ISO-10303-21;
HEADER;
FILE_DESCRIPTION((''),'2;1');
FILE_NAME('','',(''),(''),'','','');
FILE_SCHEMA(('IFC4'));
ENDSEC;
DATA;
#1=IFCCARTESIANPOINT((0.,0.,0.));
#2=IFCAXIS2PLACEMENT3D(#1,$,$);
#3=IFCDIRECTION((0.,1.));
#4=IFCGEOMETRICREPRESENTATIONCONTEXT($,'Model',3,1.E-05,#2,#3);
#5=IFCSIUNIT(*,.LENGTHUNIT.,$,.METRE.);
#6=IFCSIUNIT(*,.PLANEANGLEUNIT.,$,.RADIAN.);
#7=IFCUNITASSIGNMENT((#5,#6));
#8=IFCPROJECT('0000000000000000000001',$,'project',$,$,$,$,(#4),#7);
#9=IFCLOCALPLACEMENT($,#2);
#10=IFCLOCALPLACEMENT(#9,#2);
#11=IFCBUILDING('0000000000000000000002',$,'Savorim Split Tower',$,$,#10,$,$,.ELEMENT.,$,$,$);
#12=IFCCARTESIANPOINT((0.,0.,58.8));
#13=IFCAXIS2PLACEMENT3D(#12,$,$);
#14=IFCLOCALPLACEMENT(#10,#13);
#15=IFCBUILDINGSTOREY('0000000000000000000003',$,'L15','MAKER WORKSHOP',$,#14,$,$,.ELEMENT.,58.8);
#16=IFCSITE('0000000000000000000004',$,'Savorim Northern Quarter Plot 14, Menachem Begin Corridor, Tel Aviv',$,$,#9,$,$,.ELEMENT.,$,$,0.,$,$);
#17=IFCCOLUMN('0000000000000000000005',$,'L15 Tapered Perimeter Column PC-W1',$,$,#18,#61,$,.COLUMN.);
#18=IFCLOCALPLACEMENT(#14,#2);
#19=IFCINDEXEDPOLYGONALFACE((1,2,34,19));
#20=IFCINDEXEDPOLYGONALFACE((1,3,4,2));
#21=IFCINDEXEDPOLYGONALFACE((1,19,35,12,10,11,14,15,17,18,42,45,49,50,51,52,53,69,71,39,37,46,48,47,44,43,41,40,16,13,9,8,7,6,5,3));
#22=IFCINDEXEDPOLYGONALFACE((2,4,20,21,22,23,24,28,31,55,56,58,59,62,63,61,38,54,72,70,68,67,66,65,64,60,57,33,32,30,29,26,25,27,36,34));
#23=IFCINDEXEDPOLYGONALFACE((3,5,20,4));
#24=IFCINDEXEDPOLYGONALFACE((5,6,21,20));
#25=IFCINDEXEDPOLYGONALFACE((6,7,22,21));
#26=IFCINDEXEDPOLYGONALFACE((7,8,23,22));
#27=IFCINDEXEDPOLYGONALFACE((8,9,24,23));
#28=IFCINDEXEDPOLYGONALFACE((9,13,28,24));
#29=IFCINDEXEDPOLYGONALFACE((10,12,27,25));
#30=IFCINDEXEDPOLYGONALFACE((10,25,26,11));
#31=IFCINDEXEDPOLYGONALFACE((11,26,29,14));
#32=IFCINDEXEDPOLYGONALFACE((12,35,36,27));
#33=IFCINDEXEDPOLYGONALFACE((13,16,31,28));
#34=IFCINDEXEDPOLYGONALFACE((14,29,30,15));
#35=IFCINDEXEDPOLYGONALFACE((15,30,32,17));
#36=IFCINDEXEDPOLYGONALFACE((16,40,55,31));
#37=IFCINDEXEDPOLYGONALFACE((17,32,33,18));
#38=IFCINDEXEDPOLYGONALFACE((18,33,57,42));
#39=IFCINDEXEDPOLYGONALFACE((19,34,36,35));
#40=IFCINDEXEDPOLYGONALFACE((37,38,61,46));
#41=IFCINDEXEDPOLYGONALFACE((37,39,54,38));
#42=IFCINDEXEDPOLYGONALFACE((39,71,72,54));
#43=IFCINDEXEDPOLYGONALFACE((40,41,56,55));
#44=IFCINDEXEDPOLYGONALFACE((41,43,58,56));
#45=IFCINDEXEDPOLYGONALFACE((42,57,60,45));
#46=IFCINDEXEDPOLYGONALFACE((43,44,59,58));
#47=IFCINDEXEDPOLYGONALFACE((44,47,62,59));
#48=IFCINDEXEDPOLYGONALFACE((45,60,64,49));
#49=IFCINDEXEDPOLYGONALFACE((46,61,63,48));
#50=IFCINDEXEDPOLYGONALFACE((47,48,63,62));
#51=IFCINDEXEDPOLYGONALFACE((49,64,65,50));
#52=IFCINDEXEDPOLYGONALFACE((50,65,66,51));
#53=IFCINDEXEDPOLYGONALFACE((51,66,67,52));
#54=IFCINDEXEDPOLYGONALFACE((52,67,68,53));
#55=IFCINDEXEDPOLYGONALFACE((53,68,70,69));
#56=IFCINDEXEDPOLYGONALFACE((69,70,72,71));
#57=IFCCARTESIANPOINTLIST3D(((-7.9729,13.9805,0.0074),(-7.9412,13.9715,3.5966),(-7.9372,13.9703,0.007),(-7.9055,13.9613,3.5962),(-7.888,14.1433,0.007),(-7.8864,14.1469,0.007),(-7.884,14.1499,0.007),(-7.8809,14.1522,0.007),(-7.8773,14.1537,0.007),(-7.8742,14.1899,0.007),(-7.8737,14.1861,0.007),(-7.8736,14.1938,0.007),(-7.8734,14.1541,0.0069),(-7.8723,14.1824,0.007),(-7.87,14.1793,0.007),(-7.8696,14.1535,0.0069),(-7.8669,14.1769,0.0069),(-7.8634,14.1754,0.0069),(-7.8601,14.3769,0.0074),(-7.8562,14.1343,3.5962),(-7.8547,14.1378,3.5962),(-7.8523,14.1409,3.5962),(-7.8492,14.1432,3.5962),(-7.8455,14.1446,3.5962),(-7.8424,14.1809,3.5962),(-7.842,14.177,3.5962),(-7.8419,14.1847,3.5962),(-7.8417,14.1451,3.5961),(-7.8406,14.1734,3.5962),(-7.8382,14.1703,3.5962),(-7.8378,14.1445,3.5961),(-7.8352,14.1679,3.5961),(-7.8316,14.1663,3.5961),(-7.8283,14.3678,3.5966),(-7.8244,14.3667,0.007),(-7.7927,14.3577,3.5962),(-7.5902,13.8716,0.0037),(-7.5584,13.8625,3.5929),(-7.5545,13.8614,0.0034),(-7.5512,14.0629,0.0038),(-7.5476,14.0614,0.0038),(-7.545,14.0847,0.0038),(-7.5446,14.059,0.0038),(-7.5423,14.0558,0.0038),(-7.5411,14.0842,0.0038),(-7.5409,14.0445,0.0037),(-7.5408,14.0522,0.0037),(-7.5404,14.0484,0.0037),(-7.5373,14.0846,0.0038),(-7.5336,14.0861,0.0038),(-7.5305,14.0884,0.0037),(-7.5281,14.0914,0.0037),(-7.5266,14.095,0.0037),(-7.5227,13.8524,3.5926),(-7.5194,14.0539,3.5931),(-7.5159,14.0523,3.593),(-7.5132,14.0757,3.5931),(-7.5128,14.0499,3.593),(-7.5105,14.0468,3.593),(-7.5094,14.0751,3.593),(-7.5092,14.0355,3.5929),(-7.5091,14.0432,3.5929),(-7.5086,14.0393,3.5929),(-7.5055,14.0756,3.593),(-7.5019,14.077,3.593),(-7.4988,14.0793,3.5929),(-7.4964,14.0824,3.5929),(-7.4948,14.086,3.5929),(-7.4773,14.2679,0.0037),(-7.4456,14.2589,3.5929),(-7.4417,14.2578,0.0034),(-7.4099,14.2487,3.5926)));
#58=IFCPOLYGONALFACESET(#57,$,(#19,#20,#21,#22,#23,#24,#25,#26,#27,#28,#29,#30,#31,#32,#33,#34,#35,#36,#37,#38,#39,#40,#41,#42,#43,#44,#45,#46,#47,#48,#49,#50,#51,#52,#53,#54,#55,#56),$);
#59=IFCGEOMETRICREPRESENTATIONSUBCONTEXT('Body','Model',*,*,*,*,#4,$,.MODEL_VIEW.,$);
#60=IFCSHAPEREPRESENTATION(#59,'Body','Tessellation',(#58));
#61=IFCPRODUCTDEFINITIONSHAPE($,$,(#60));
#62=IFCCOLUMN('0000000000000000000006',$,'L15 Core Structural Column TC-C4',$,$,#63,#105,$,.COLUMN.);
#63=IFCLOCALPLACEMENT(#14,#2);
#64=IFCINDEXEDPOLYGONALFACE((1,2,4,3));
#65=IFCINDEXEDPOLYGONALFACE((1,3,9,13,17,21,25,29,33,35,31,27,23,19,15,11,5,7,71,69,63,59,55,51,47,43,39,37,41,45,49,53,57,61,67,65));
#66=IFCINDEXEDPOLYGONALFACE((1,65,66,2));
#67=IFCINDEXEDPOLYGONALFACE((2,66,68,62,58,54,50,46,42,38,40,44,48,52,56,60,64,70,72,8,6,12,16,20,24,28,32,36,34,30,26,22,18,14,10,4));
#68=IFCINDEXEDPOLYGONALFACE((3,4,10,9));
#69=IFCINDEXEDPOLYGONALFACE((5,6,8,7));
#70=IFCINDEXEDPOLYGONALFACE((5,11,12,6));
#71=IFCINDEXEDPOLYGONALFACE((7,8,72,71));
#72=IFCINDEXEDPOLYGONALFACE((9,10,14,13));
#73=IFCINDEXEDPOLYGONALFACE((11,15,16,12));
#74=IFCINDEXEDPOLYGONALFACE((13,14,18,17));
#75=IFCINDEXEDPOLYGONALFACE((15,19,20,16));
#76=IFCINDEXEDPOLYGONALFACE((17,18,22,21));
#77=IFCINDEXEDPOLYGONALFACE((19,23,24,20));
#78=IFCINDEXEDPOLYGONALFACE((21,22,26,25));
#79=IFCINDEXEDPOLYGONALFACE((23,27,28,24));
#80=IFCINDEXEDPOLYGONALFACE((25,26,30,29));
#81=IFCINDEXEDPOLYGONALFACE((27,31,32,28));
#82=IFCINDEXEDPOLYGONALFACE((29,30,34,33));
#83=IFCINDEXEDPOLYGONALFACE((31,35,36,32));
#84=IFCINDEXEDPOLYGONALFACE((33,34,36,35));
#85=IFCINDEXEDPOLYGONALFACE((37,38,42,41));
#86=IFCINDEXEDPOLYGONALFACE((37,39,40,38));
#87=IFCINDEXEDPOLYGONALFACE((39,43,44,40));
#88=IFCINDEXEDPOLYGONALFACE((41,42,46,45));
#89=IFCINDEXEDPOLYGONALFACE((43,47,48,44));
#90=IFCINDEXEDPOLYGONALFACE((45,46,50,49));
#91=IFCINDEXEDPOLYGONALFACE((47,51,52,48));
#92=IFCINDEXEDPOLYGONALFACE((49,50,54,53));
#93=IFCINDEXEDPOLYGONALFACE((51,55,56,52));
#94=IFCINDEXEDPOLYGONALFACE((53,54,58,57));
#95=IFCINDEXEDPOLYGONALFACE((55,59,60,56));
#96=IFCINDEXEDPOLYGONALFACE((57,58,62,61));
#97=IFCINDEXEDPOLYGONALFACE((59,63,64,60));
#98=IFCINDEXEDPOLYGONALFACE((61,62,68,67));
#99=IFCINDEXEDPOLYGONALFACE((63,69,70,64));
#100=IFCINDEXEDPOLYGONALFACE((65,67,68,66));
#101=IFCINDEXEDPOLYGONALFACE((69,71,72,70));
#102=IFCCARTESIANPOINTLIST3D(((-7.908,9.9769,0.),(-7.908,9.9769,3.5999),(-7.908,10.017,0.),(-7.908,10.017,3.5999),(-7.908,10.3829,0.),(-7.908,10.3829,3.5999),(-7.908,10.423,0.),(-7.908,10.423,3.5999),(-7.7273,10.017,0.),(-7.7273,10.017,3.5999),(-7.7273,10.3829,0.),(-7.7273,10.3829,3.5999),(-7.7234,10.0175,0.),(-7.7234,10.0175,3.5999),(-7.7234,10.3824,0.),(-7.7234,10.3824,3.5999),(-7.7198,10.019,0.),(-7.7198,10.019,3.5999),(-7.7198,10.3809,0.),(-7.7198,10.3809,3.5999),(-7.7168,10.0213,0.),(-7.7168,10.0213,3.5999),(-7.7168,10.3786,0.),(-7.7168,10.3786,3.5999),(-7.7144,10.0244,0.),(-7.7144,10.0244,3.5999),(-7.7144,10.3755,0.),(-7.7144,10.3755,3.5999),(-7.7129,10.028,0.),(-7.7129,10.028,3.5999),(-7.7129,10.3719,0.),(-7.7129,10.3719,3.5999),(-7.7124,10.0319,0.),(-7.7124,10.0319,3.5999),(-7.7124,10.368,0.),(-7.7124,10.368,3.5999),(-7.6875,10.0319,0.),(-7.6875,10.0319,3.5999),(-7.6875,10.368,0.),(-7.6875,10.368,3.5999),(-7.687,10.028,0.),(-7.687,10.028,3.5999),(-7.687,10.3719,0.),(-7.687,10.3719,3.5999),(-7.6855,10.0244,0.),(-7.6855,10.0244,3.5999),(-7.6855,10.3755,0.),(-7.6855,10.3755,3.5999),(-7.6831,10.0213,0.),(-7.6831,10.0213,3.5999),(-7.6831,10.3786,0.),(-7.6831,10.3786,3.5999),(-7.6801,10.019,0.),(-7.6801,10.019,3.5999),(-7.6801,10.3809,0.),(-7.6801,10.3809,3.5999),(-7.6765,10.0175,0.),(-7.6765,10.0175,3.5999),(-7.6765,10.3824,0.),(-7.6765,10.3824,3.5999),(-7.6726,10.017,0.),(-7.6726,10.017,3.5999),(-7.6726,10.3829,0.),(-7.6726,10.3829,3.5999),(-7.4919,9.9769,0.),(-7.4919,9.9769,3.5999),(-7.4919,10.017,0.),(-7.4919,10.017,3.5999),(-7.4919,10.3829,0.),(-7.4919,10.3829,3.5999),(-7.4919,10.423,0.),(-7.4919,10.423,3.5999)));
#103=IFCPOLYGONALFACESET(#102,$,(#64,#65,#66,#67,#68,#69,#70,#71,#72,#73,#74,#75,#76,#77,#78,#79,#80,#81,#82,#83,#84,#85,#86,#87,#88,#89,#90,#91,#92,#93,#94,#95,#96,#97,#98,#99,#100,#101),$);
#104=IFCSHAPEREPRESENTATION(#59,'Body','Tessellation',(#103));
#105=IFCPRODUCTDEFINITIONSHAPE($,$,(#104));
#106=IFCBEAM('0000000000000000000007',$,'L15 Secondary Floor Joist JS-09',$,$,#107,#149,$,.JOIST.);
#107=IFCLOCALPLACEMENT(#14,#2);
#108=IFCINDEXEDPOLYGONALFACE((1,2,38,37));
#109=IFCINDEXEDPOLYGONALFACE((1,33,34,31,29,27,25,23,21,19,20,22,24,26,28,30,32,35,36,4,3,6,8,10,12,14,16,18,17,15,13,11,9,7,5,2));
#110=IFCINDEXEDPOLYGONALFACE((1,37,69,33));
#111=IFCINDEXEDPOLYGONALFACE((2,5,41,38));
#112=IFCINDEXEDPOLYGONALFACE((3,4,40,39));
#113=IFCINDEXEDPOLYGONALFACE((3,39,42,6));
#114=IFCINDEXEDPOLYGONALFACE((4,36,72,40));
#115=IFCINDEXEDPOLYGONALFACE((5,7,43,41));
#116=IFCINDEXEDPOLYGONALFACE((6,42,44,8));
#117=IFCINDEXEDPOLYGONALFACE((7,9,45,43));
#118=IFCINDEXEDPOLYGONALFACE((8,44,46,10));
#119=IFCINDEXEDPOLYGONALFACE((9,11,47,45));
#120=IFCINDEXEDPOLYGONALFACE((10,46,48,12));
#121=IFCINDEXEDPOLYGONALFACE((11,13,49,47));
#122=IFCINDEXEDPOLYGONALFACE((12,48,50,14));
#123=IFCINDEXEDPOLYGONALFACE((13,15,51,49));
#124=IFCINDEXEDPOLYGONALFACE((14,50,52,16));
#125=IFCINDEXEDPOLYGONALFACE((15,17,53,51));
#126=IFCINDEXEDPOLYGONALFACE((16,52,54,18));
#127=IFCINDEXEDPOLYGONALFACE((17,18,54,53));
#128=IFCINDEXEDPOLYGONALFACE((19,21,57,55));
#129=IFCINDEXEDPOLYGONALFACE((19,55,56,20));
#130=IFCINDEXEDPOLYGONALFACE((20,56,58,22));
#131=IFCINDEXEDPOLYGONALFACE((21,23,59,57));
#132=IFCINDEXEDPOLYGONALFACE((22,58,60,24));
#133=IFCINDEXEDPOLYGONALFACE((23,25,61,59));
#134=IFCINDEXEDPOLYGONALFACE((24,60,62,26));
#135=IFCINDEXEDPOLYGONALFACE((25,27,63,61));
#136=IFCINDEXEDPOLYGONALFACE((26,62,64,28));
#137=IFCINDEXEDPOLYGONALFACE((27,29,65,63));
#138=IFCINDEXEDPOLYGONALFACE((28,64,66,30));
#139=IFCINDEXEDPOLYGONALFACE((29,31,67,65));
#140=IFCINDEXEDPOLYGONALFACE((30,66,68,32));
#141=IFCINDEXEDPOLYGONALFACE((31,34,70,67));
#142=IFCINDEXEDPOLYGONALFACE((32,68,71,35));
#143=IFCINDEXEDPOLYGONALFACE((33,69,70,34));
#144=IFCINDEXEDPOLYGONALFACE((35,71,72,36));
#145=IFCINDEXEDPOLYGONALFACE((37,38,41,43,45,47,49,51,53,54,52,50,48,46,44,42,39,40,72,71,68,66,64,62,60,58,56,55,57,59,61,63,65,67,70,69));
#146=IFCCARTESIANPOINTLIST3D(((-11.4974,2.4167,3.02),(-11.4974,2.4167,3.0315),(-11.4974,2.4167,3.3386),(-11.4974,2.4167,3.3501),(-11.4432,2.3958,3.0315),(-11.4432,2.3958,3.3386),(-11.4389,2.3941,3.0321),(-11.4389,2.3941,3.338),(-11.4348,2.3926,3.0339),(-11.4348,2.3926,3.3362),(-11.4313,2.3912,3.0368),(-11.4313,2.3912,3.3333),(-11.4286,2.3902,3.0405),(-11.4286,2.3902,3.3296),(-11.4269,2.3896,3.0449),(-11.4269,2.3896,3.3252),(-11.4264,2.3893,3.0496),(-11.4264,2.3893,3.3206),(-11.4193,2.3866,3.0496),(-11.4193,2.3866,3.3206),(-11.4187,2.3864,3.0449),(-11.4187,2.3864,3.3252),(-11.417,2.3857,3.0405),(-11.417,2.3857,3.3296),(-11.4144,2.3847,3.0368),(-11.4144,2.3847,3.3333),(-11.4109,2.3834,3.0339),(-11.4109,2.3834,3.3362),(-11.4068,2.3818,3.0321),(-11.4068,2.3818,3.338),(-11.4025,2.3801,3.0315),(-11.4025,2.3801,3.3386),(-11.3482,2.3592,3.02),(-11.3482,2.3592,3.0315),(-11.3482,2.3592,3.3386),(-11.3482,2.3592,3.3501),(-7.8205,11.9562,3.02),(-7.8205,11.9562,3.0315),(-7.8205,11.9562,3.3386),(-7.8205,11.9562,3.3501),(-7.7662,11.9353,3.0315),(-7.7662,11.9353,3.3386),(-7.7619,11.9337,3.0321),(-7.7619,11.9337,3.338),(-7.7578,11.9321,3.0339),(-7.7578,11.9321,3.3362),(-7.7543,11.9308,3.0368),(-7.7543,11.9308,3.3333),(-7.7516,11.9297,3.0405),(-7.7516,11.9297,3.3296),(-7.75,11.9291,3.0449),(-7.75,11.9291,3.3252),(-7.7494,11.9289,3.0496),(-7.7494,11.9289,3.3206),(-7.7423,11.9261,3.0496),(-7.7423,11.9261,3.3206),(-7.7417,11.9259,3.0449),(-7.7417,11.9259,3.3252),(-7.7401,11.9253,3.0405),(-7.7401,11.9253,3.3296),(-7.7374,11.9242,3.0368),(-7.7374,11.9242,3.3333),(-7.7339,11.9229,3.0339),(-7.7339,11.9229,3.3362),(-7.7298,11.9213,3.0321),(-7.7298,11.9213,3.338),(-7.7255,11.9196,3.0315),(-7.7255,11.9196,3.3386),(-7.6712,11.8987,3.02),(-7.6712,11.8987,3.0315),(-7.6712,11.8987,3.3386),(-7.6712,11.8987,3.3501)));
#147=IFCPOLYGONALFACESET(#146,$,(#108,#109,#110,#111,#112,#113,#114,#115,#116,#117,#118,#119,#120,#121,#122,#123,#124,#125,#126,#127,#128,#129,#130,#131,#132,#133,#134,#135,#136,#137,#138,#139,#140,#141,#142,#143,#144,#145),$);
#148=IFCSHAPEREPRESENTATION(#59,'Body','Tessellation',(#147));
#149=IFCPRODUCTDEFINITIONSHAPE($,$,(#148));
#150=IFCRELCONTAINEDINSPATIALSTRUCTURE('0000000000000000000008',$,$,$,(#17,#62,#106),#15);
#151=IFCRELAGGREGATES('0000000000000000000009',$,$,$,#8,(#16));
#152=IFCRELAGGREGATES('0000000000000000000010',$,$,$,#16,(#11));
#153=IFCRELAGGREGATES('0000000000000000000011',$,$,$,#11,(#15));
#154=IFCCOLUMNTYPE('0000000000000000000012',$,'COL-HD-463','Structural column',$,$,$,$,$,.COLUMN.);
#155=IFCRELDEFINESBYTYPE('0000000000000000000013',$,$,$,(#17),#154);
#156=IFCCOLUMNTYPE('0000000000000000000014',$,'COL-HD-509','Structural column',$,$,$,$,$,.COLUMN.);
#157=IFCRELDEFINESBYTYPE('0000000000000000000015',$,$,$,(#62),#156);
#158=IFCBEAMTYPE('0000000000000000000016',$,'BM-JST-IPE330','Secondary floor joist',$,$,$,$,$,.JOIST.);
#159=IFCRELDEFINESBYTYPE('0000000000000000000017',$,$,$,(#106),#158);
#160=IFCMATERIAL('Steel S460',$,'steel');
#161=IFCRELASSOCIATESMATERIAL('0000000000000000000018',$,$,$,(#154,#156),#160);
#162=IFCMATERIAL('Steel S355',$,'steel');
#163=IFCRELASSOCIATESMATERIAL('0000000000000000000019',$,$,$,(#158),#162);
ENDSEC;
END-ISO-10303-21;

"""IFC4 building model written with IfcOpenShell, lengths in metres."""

from ifc_helpers import new_model, si_unit, direction, frame, origin, origin_2d, place, context, subcontext, project, spatial, i_section, extrude, material, material_profile, profile_set, type_object, element, save


model = new_model("IFC4")

# Units and contexts
model_context = context("Model", 3, precision=1e-05, world=origin(), true_north=direction((0.0, 1.0)))
body_context = subcontext(model_context, "Body", "Model", "MODEL_VIEW")
ifc_project = project(units=[si_unit("LENGTHUNIT", "METRE"), si_unit("PLANEANGLEUNIT", "RADIAN")], contexts=[model_context])

# Site, building, storey
site_placement = place(None, origin())
site = spatial("IfcSite", under=ifc_project, at=site_placement, Name="Savorim Northern Quarter Plot 14, Menachem Begin Corridor, Tel Aviv", CompositionType="ELEMENT", RefElevation=0.0)
building_placement = place(site_placement, origin())
building = spatial("IfcBuilding", under=site, at=building_placement, Name="Savorim Split Tower", CompositionType="ELEMENT")
storey_placement = place(building_placement, frame((0.0, 0.0, 58.8)))
storey = spatial("IfcBuildingStorey", under=building, at=storey_placement, Name="L15", Description="MAKER WORKSHOP", CompositionType="ELEMENT", Elevation=58.8)

# Columns
ifc_material_1 = material(Name="Steel S460", Category="steel")
ifc_material_profile_1 = material_profile(ifc_material_1, i_section(OverallWidth=0.4121, OverallDepth=0.4351, WebThickness=0.0227, FlangeThickness=0.0371, FilletRadius=0.0149, at=origin_2d()), Name="HD 400x463")
ifc_profile_set_1 = profile_set([ifc_material_profile_1], Name="Steel S460")
column_type_1 = type_object("IfcColumnType", Name="COL-HD-463", Description="Structural column", PredefinedType="COLUMN", material=ifc_profile_set_1)
column_1_placement = place(storey_placement, frame((-7.7073, 14.1191, 0.0054), z_axis=(0.008843, -0.002517, 0.999958), x_axis=(0.273744, 0.961803, 0.0)))
element("IfcColumn", 1, at=column_1_placement, inside=storey, type_object=column_type_1, Name="L15 Tapered Perimeter Column PC-W1", PredefinedType="COLUMN", context=body_context, shape_type="SweptSolid", body=[
    extrude(i_section(OverallWidth=0.4121, OverallDepth=0.4351, WebThickness=0.0227, FlangeThickness=0.0371, FilletRadius=0.0149, at=origin_2d()), origin(), (0.0, 0.0, 1.0), 3.5894),
])
ifc_material_profile_2 = material_profile(ifc_material_1, i_section(OverallWidth=0.416, OverallDepth=0.446, WebThickness=0.0249, FlangeThickness=0.04, FilletRadius=0.0149, at=origin_2d()), Name="HD 400x509")
ifc_profile_set_2 = profile_set([ifc_material_profile_2], Name="Steel S460")
column_type_2 = type_object("IfcColumnType", Name="COL-HD-509", Description="Structural column", PredefinedType="COLUMN", material=ifc_profile_set_2)
column_2_placement = place(storey_placement, frame((-7.7, 10.2, 0.0), z_axis=(0.0, 0.0, 1.0), x_axis=(1.0, 0.0, 0.0)))
element("IfcColumn", 2, at=column_2_placement, inside=storey, type_object=column_type_2, Name="L15 Core Structural Column TC-C4", PredefinedType="COLUMN", context=body_context, shape_type="SweptSolid", body=[
    extrude(i_section(OverallWidth=0.416, OverallDepth=0.446, WebThickness=0.0249, FlangeThickness=0.04, FilletRadius=0.0149, at=origin_2d()), origin(), (0.0, 0.0, 1.0), 3.5999),
])

# Beam
ifc_material_2 = material(Name="Steel S355", Category="steel")
ifc_material_profile_3 = material_profile(ifc_material_2, i_section(OverallWidth=0.1599, OverallDepth=0.3301, WebThickness=0.0076, FlangeThickness=0.0115, FilletRadius=0.0181, at=origin_2d()), Name="IPE 330")
ifc_profile_set_3 = profile_set([ifc_material_profile_3], Name="Steel S355")
beam_type_1 = type_object("IfcBeamType", Name="BM-JST-IPE330", Description="Secondary floor joist", PredefinedType="JOIST", material=ifc_profile_set_3)
beam_1_placement = place(storey_placement, frame((-7.7458, 11.9275, 3.1851), z_axis=(-0.359656, -0.933085, 0.0), x_axis=(0.933085, -0.359656, 0.0)))
element("IfcBeam", 3, at=beam_1_placement, inside=storey, type_object=beam_type_1, Name="L15 Secondary Floor Joist JS-09", PredefinedType="JOIST", context=body_context, shape_type="SweptSolid", body=[
    extrude(i_section(OverallWidth=0.1599, OverallDepth=0.3301, WebThickness=0.0076, FlangeThickness=0.0115, FilletRadius=0.0181, at=origin_2d()), origin(), (0.0, 0.0, 1.0), 10.2236),
])

save(model, "model.ifc")
